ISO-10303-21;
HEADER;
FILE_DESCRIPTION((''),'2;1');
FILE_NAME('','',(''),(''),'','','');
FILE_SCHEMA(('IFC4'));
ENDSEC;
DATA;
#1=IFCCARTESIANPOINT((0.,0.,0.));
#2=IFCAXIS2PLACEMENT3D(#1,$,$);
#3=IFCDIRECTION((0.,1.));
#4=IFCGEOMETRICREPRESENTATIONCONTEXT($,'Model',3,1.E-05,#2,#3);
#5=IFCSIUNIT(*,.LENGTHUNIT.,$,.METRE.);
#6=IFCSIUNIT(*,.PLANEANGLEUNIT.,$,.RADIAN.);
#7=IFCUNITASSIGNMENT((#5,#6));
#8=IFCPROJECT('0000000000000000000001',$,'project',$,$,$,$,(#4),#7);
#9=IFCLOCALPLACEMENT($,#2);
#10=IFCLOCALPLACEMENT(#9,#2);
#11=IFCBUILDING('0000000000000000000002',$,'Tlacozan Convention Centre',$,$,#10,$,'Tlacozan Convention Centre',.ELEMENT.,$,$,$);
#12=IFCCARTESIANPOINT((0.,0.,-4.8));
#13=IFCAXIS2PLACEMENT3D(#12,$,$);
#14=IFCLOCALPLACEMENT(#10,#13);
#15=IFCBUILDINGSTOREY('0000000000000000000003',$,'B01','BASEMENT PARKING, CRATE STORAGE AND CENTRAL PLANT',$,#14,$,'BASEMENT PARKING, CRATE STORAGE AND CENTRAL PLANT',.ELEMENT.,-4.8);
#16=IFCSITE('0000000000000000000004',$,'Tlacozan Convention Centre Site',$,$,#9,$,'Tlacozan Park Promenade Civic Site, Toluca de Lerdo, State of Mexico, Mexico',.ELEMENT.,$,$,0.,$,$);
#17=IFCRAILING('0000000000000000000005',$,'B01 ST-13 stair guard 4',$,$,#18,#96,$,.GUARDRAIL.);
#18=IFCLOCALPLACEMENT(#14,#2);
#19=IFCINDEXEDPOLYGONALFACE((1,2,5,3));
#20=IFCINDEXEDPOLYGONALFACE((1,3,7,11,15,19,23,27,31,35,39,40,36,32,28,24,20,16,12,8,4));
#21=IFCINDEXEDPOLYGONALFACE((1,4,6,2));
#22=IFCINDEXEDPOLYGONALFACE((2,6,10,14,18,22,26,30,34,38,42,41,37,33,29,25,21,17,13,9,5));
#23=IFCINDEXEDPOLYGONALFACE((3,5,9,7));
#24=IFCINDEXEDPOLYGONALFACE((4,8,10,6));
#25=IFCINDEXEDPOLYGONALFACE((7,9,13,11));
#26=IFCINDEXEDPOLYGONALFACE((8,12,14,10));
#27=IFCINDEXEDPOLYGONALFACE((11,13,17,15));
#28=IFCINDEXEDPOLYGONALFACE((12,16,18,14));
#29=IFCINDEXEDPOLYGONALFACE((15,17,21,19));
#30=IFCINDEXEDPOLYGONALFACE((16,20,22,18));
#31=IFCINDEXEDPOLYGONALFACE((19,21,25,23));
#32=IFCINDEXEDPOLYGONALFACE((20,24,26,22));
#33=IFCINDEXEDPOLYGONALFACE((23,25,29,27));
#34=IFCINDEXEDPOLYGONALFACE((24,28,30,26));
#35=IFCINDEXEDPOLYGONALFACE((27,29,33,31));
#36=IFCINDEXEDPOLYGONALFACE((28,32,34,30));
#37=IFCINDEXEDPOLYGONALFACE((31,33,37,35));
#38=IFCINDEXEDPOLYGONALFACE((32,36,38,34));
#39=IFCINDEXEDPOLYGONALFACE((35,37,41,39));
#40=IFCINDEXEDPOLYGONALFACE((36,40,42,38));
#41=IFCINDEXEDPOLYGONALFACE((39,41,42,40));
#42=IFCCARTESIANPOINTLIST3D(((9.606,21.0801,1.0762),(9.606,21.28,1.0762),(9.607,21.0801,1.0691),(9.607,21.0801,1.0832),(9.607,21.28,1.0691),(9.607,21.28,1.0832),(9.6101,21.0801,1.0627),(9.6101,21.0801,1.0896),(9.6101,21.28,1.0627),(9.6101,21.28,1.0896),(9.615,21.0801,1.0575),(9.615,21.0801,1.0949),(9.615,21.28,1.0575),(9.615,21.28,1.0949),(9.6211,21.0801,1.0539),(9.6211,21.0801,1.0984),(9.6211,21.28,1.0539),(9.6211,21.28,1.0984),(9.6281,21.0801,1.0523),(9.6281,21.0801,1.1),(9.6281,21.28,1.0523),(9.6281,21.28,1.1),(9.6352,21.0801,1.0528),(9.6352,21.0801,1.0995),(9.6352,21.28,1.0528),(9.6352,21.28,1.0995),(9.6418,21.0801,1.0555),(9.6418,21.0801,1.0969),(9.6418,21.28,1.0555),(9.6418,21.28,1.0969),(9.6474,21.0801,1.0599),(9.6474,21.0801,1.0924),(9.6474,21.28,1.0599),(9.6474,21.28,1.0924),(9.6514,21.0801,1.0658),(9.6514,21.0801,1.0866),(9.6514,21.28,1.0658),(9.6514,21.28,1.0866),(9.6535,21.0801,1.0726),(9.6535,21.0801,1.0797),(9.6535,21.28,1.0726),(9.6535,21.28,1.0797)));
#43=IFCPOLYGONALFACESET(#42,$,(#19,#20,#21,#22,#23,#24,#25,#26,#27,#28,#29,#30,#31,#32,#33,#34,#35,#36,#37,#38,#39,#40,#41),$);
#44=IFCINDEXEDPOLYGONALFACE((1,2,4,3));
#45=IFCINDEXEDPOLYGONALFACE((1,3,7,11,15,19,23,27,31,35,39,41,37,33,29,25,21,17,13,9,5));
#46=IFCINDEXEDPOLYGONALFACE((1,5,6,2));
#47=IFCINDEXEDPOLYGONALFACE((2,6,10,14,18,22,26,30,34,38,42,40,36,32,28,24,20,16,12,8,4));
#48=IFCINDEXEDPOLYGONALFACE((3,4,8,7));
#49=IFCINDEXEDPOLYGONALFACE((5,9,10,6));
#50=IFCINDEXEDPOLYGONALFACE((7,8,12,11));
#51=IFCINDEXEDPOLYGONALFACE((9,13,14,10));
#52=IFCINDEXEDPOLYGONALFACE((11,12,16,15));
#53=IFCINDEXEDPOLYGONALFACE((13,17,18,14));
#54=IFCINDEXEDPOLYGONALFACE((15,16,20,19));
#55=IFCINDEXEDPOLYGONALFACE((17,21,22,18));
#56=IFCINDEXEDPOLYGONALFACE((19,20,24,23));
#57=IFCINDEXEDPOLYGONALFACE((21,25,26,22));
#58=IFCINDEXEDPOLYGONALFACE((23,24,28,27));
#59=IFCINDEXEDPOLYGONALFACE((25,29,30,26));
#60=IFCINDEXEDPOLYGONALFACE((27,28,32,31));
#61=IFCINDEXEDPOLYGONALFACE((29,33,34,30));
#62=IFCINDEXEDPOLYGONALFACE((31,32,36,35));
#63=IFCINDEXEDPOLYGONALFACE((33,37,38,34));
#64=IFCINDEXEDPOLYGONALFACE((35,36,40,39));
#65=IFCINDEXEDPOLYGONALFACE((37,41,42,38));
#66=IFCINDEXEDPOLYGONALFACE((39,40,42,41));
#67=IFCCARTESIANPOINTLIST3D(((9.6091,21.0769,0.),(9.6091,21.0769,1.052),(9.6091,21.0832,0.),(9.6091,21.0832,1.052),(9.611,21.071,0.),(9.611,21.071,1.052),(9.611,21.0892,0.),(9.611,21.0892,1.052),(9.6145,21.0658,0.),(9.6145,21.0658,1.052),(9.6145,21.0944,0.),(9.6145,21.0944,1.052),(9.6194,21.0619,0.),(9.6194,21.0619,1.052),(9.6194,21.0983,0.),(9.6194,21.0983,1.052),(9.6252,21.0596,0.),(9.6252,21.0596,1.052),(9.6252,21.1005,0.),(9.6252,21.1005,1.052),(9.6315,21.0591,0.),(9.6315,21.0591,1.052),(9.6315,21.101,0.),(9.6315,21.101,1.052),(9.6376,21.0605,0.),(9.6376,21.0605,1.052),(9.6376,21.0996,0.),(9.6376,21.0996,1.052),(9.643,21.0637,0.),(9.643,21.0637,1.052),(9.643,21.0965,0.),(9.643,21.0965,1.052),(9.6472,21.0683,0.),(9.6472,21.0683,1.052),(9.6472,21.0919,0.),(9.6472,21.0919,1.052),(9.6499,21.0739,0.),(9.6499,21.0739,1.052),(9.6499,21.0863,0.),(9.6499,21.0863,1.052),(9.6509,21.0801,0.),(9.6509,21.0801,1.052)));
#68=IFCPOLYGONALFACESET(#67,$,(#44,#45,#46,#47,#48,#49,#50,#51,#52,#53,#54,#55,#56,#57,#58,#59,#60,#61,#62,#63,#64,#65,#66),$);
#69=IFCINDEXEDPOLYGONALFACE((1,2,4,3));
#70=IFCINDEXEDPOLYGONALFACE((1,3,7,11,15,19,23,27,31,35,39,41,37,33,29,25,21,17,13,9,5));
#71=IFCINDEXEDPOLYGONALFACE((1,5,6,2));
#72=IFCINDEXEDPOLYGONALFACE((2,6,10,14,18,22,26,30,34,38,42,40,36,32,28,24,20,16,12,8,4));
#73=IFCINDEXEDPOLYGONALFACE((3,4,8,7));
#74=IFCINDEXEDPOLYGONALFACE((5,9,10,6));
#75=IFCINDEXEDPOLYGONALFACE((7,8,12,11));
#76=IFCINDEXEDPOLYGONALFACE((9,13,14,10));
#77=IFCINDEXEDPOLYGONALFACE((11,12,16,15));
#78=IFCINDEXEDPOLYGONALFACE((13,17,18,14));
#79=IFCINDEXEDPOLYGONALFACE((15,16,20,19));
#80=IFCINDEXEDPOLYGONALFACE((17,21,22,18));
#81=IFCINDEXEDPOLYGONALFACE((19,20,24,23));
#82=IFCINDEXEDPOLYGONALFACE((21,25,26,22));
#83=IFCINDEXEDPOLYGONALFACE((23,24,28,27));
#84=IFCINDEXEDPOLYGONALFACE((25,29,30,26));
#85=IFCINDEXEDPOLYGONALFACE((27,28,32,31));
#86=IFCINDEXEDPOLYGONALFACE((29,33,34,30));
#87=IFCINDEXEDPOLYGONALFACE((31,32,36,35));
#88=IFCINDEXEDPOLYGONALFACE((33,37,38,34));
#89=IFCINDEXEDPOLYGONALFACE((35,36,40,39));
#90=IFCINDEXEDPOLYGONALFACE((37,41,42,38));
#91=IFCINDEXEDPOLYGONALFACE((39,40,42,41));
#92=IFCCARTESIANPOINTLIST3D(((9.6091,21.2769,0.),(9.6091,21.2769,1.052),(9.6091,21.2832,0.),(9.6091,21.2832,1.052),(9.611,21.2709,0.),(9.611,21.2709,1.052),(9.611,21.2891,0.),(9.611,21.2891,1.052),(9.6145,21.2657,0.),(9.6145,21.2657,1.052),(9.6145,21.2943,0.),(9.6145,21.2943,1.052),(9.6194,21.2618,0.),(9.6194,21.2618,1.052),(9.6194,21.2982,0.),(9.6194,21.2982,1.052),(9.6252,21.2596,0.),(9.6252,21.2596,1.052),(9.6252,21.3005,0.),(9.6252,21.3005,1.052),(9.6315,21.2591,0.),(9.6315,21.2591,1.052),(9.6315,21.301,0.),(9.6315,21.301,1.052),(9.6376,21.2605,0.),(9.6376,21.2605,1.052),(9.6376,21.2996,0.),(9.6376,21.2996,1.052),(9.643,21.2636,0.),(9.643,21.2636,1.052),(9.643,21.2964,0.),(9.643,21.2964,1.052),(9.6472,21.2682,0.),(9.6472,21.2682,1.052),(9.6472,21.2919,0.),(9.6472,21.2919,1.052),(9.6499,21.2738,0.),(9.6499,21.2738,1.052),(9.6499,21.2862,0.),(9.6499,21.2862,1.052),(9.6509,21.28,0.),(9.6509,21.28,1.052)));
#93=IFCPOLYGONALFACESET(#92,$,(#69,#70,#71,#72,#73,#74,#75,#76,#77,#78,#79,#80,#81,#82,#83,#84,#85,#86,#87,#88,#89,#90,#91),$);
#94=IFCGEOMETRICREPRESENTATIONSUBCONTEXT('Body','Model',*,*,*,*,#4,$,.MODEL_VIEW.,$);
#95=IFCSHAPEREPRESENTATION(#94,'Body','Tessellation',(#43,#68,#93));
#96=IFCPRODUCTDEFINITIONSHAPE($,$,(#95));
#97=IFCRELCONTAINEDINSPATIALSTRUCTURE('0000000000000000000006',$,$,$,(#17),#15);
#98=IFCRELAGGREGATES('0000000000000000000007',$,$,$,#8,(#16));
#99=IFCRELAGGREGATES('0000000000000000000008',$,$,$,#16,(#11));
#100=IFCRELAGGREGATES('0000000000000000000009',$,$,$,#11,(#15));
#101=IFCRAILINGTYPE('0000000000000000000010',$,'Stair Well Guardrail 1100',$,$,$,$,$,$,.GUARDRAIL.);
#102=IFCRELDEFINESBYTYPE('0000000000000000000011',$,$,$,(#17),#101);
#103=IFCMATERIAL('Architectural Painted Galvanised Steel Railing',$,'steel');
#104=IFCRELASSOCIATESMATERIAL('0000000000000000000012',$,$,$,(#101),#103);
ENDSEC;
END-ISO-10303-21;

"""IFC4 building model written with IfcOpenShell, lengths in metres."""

from ifc_helpers import new_model, si_unit, direction, frame, origin, origin_2d, place, context, subcontext, project, spatial, circle, extrude, material, type_object, element, save


model = new_model("IFC4")

# Units and contexts
model_context = context("Model", 3, precision=1e-05, world=origin(), true_north=direction((0.0, 1.0)))
body_context = subcontext(model_context, "Body", "Model", "MODEL_VIEW")
ifc_project = project(units=[si_unit("LENGTHUNIT", "METRE"), si_unit("PLANEANGLEUNIT", "RADIAN")], contexts=[model_context])

# Site, building, storey
site_placement = place(None, origin())
site = spatial("IfcSite", under=ifc_project, at=site_placement, Name="Tlacozan Convention Centre Site", LongName="Tlacozan Park Promenade Civic Site, Toluca de Lerdo, State of Mexico, Mexico", CompositionType="ELEMENT", RefElevation=0.0)
building_placement = place(site_placement, origin())
building = spatial("IfcBuilding", under=site, at=building_placement, Name="Tlacozan Convention Centre", LongName="Tlacozan Convention Centre", CompositionType="ELEMENT")
storey_placement = place(building_placement, frame((0.0, 0.0, -4.8)))
storey = spatial("IfcBuildingStorey", under=building, at=storey_placement, Name="B01", Description="BASEMENT PARKING, CRATE STORAGE AND CENTRAL PLANT", LongName="BASEMENT PARKING, CRATE STORAGE AND CENTRAL PLANT", CompositionType="ELEMENT", Elevation=-4.8)

# Railing
ifc_material_1 = material(Name="Architectural Painted Galvanised Steel Railing", Category="steel")
railing_type_1 = type_object("IfcRailingType", Name="Stair Well Guardrail 1100", PredefinedType="GUARDRAIL", material=ifc_material_1)
railing_1_placement = place(storey_placement, frame((9.6299, 21.0801, 0.0)))
element("IfcRailing", 1, at=railing_1_placement, inside=storey, type_object=railing_type_1, Name="B01 ST-13 stair guard 4", PredefinedType="GUARDRAIL", context=body_context, shape_type="SweptSolid", body=[
    extrude(circle(Radius=0.0239, at=origin_2d()), frame((0.0, 0.0, 1.0762), z_axis=(0.0, 1.0, 0.0), x_axis=(-1.0, 0.0, 0.0)), (0.0, 0.0, 1.0), 0.2),
    extrude(circle(Radius=0.021, at=origin_2d()), origin(), (0.0, 0.0, 1.0), 1.052),
    extrude(circle(Radius=0.021, at=origin_2d()), frame((0.0, 0.2, 0.0)), (0.0, 0.0, 1.0), 1.052),
])

save(model, "model.ifc")
